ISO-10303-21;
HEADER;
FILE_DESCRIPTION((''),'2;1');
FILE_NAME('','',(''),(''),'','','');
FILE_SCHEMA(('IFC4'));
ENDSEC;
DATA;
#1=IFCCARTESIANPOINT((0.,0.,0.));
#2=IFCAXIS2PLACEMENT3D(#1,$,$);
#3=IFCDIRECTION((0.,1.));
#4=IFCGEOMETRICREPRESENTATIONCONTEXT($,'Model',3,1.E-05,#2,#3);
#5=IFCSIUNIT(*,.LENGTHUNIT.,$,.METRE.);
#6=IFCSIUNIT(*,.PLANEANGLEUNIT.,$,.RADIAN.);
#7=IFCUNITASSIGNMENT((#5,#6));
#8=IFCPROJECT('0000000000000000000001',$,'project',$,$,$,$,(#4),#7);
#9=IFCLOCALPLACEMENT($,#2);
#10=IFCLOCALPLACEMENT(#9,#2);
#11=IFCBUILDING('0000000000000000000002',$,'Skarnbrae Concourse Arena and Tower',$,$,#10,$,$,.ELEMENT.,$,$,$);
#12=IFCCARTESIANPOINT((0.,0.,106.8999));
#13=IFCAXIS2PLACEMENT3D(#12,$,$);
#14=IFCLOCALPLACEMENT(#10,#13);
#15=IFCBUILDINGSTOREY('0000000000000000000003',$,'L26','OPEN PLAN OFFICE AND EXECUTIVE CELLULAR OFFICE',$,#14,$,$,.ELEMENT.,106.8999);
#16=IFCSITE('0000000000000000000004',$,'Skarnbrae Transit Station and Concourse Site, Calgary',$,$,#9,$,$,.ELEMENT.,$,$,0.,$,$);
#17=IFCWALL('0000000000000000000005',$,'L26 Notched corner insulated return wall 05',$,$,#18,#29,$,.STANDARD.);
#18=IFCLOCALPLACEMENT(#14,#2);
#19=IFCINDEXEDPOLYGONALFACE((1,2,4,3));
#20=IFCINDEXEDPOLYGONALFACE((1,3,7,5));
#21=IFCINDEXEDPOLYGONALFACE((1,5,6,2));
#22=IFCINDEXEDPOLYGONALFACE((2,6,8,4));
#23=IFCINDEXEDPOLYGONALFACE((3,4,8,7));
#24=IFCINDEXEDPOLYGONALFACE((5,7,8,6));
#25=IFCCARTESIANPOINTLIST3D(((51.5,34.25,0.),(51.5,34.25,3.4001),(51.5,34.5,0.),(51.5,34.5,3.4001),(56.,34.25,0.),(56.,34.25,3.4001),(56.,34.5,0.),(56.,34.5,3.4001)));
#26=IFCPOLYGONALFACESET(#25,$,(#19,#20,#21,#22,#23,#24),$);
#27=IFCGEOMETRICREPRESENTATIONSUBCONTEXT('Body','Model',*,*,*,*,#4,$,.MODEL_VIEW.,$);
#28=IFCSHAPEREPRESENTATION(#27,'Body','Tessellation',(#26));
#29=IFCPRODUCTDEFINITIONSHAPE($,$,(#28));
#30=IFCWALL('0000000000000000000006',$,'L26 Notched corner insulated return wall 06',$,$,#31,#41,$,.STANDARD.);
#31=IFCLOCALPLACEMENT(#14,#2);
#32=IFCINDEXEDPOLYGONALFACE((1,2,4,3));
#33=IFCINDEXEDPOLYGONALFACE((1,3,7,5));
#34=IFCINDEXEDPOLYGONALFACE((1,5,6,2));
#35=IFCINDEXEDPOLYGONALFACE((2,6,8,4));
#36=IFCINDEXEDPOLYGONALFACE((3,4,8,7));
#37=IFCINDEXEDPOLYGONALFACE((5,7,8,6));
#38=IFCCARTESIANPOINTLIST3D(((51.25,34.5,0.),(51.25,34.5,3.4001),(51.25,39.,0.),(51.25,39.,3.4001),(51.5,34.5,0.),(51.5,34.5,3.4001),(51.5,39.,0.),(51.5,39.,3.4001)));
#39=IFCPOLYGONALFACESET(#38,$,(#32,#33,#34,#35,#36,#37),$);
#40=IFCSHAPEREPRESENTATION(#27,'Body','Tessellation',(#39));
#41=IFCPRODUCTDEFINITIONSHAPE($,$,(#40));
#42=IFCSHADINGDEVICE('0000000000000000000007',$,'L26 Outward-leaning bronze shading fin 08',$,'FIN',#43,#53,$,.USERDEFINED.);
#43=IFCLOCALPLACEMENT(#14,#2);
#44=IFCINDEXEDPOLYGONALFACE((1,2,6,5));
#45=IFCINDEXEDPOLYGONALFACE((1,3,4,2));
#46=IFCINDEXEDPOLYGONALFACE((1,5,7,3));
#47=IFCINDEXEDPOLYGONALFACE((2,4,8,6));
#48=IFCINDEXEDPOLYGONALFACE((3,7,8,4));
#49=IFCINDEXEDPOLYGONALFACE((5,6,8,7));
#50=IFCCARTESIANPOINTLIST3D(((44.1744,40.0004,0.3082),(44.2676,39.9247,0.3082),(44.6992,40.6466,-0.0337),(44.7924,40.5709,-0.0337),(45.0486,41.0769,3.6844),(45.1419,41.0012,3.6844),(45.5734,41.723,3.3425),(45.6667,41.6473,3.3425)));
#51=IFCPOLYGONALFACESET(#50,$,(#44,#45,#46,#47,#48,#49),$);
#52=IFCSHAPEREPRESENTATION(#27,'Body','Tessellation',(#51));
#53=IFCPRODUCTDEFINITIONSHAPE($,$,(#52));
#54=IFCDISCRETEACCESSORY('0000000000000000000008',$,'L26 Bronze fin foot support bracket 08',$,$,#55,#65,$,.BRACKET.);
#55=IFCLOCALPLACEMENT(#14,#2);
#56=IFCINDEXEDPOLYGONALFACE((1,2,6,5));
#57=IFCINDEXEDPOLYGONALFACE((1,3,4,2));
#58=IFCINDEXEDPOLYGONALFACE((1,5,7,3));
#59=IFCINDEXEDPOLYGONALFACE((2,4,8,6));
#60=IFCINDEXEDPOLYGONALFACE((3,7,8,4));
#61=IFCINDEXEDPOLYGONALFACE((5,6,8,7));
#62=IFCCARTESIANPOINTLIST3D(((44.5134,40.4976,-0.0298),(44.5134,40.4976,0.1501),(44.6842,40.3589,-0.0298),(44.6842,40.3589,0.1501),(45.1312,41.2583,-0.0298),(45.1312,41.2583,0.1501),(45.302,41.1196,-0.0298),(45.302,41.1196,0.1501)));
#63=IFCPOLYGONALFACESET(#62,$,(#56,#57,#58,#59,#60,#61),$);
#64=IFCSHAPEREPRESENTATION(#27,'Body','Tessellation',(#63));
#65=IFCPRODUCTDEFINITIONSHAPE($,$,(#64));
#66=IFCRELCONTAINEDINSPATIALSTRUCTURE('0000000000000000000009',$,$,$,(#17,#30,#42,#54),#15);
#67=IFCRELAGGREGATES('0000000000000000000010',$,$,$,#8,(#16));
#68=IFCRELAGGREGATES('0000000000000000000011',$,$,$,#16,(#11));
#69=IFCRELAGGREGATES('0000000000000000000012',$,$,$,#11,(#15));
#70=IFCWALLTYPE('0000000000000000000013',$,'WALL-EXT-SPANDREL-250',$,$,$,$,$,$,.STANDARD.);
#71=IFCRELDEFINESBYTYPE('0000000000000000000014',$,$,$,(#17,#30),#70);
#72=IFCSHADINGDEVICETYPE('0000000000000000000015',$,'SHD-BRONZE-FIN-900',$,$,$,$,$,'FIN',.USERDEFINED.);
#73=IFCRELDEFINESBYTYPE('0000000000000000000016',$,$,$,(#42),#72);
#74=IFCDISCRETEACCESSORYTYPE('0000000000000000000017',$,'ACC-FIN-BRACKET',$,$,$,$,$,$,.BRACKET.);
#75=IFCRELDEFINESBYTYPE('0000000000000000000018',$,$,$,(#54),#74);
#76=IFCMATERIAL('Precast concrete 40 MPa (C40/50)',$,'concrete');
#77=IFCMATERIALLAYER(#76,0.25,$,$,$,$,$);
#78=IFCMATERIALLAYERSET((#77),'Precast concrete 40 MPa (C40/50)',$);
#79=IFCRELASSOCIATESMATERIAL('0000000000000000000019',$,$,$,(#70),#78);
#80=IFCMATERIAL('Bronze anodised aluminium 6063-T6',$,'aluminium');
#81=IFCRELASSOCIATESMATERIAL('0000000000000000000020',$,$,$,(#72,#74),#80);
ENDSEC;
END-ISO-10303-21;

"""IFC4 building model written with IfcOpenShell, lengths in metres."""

from ifc_helpers import new_model, si_unit, direction, frame, frame_2d, origin, origin_2d, place, context, subcontext, project, spatial, rectangle, extrude, source, transform, mapped, material, layer, layer_set, type_object, element, save


model = new_model("IFC4")

# Units and contexts
model_context = context("Model", 3, precision=1e-05, world=origin(), true_north=direction((0.0, 1.0)))
body_context = subcontext(model_context, "Body", "Model", "MODEL_VIEW")
ifc_project = project(units=[si_unit("LENGTHUNIT", "METRE"), si_unit("PLANEANGLEUNIT", "RADIAN")], contexts=[model_context])

# Site, building, storey
site_placement = place(None, origin())
site = spatial("IfcSite", under=ifc_project, at=site_placement, Name="Skarnbrae Transit Station and Concourse Site, Calgary", CompositionType="ELEMENT", RefElevation=0.0)
building_placement = place(site_placement, origin())
building = spatial("IfcBuilding", under=site, at=building_placement, Name="Skarnbrae Concourse Arena and Tower", CompositionType="ELEMENT")
storey_placement = place(building_placement, frame((0.0, 0.0, 106.8999)))
storey = spatial("IfcBuildingStorey", under=building, at=storey_placement, Name="L26", Description="OPEN PLAN OFFICE AND EXECUTIVE CELLULAR OFFICE", CompositionType="ELEMENT", Elevation=106.8999)

# Shared definitions
ifc_material_1 = material(Name="Bronze anodised aluminium 6063-T6", Category="aluminium")

# Walls
ifc_material_2 = material(Name="Precast concrete 40 MPa (C40/50)", Category="concrete")
ifc_layer_1 = layer(ifc_material_2, 0.25)
ifc_layer_set_1 = layer_set([ifc_layer_1], Name="Precast concrete 40 MPa (C40/50)")
wall_type = type_object("IfcWallType", Name="WALL-EXT-SPANDREL-250", PredefinedType="STANDARD", material=ifc_layer_set_1)
shared_shape_1 = source(origin(), body_context, "Body", "SweptSolid", [
    extrude(rectangle(XDim=4.5, YDim=0.25, at=frame_2d((2.25, 0.0))), origin(), (0.0, 0.0, 1.0), 3.4001),
])
for number, where, z_axis, x_axis, name in (
    (1, (56.0, 34.375, 0.0), (0.0, 0.0, 1.0), (-1.0, 0.0, 0.0), "L26 Notched corner insulated return wall 05"),
    (2, (51.375, 34.5, 0.0), (0.0, 0.0, 1.0), (0.0, 1.0, 0.0), "L26 Notched corner insulated return wall 06"),
):
    element("IfcWall", number, at=place(storey_placement, frame(where, z_axis=z_axis, x_axis=x_axis)), inside=storey, type_object=wall_type, Name=name, PredefinedType="STANDARD", context=body_context, shape_type="MappedRepresentation", body=[
        mapped(shared_shape_1, transform((0.0, 0.0, 0.0))),
    ])

# Shading device
shading_device_type = type_object("IfcShadingDeviceType", Name="SHD-BRONZE-FIN-900", ElementType="FIN", PredefinedType="USERDEFINED", material=ifc_material_1)
shared_shape_2 = source(origin(), body_context, "Body", "SweptSolid", [
    extrude(rectangle(XDim=0.1201, YDim=0.8999, at=origin_2d()), origin(), (0.0, 0.0, 1.0), 3.6499),
])
shading_device_placement = place(storey_placement, frame((44.4834, 40.2856, 0.1372), z_axis=(0.239527, 0.294927, 0.925011), x_axis=(0.776245, -0.630432, 0.0)))
element("IfcShadingDevice", 3, at=shading_device_placement, inside=storey, type_object=shading_device_type, Name="L26 Outward-leaning bronze shading fin 08", ObjectType="FIN", PredefinedType="USERDEFINED", context=body_context, shape_type="MappedRepresentation", body=[
    mapped(shared_shape_2, transform((0.0, 0.0, 0.0))),
])

# Discrete accessory
discrete_accessory_type = type_object("IfcDiscreteAccessoryType", Name="ACC-FIN-BRACKET", PredefinedType="BRACKET", material=ifc_material_1)
shared_shape_3 = source(origin(), body_context, "Body", "SweptSolid", [
    extrude(rectangle(XDim=0.22, YDim=0.98, at=origin_2d()), origin(), (0.0, 0.0, 1.0), 0.1799),
])
discrete_accessory_placement = place(storey_placement, frame((44.9077, 40.8086, -0.0298), z_axis=(0.0, 0.0, 1.0), x_axis=(0.776245, -0.630432, 0.0)))
element("IfcDiscreteAccessory", 4, at=discrete_accessory_placement, inside=storey, type_object=discrete_accessory_type, Name="L26 Bronze fin foot support bracket 08", PredefinedType="BRACKET", context=body_context, shape_type="MappedRepresentation", body=[
    mapped(shared_shape_3, transform((0.0, 0.0, 0.0))),
])

save(model, "model.ifc")
